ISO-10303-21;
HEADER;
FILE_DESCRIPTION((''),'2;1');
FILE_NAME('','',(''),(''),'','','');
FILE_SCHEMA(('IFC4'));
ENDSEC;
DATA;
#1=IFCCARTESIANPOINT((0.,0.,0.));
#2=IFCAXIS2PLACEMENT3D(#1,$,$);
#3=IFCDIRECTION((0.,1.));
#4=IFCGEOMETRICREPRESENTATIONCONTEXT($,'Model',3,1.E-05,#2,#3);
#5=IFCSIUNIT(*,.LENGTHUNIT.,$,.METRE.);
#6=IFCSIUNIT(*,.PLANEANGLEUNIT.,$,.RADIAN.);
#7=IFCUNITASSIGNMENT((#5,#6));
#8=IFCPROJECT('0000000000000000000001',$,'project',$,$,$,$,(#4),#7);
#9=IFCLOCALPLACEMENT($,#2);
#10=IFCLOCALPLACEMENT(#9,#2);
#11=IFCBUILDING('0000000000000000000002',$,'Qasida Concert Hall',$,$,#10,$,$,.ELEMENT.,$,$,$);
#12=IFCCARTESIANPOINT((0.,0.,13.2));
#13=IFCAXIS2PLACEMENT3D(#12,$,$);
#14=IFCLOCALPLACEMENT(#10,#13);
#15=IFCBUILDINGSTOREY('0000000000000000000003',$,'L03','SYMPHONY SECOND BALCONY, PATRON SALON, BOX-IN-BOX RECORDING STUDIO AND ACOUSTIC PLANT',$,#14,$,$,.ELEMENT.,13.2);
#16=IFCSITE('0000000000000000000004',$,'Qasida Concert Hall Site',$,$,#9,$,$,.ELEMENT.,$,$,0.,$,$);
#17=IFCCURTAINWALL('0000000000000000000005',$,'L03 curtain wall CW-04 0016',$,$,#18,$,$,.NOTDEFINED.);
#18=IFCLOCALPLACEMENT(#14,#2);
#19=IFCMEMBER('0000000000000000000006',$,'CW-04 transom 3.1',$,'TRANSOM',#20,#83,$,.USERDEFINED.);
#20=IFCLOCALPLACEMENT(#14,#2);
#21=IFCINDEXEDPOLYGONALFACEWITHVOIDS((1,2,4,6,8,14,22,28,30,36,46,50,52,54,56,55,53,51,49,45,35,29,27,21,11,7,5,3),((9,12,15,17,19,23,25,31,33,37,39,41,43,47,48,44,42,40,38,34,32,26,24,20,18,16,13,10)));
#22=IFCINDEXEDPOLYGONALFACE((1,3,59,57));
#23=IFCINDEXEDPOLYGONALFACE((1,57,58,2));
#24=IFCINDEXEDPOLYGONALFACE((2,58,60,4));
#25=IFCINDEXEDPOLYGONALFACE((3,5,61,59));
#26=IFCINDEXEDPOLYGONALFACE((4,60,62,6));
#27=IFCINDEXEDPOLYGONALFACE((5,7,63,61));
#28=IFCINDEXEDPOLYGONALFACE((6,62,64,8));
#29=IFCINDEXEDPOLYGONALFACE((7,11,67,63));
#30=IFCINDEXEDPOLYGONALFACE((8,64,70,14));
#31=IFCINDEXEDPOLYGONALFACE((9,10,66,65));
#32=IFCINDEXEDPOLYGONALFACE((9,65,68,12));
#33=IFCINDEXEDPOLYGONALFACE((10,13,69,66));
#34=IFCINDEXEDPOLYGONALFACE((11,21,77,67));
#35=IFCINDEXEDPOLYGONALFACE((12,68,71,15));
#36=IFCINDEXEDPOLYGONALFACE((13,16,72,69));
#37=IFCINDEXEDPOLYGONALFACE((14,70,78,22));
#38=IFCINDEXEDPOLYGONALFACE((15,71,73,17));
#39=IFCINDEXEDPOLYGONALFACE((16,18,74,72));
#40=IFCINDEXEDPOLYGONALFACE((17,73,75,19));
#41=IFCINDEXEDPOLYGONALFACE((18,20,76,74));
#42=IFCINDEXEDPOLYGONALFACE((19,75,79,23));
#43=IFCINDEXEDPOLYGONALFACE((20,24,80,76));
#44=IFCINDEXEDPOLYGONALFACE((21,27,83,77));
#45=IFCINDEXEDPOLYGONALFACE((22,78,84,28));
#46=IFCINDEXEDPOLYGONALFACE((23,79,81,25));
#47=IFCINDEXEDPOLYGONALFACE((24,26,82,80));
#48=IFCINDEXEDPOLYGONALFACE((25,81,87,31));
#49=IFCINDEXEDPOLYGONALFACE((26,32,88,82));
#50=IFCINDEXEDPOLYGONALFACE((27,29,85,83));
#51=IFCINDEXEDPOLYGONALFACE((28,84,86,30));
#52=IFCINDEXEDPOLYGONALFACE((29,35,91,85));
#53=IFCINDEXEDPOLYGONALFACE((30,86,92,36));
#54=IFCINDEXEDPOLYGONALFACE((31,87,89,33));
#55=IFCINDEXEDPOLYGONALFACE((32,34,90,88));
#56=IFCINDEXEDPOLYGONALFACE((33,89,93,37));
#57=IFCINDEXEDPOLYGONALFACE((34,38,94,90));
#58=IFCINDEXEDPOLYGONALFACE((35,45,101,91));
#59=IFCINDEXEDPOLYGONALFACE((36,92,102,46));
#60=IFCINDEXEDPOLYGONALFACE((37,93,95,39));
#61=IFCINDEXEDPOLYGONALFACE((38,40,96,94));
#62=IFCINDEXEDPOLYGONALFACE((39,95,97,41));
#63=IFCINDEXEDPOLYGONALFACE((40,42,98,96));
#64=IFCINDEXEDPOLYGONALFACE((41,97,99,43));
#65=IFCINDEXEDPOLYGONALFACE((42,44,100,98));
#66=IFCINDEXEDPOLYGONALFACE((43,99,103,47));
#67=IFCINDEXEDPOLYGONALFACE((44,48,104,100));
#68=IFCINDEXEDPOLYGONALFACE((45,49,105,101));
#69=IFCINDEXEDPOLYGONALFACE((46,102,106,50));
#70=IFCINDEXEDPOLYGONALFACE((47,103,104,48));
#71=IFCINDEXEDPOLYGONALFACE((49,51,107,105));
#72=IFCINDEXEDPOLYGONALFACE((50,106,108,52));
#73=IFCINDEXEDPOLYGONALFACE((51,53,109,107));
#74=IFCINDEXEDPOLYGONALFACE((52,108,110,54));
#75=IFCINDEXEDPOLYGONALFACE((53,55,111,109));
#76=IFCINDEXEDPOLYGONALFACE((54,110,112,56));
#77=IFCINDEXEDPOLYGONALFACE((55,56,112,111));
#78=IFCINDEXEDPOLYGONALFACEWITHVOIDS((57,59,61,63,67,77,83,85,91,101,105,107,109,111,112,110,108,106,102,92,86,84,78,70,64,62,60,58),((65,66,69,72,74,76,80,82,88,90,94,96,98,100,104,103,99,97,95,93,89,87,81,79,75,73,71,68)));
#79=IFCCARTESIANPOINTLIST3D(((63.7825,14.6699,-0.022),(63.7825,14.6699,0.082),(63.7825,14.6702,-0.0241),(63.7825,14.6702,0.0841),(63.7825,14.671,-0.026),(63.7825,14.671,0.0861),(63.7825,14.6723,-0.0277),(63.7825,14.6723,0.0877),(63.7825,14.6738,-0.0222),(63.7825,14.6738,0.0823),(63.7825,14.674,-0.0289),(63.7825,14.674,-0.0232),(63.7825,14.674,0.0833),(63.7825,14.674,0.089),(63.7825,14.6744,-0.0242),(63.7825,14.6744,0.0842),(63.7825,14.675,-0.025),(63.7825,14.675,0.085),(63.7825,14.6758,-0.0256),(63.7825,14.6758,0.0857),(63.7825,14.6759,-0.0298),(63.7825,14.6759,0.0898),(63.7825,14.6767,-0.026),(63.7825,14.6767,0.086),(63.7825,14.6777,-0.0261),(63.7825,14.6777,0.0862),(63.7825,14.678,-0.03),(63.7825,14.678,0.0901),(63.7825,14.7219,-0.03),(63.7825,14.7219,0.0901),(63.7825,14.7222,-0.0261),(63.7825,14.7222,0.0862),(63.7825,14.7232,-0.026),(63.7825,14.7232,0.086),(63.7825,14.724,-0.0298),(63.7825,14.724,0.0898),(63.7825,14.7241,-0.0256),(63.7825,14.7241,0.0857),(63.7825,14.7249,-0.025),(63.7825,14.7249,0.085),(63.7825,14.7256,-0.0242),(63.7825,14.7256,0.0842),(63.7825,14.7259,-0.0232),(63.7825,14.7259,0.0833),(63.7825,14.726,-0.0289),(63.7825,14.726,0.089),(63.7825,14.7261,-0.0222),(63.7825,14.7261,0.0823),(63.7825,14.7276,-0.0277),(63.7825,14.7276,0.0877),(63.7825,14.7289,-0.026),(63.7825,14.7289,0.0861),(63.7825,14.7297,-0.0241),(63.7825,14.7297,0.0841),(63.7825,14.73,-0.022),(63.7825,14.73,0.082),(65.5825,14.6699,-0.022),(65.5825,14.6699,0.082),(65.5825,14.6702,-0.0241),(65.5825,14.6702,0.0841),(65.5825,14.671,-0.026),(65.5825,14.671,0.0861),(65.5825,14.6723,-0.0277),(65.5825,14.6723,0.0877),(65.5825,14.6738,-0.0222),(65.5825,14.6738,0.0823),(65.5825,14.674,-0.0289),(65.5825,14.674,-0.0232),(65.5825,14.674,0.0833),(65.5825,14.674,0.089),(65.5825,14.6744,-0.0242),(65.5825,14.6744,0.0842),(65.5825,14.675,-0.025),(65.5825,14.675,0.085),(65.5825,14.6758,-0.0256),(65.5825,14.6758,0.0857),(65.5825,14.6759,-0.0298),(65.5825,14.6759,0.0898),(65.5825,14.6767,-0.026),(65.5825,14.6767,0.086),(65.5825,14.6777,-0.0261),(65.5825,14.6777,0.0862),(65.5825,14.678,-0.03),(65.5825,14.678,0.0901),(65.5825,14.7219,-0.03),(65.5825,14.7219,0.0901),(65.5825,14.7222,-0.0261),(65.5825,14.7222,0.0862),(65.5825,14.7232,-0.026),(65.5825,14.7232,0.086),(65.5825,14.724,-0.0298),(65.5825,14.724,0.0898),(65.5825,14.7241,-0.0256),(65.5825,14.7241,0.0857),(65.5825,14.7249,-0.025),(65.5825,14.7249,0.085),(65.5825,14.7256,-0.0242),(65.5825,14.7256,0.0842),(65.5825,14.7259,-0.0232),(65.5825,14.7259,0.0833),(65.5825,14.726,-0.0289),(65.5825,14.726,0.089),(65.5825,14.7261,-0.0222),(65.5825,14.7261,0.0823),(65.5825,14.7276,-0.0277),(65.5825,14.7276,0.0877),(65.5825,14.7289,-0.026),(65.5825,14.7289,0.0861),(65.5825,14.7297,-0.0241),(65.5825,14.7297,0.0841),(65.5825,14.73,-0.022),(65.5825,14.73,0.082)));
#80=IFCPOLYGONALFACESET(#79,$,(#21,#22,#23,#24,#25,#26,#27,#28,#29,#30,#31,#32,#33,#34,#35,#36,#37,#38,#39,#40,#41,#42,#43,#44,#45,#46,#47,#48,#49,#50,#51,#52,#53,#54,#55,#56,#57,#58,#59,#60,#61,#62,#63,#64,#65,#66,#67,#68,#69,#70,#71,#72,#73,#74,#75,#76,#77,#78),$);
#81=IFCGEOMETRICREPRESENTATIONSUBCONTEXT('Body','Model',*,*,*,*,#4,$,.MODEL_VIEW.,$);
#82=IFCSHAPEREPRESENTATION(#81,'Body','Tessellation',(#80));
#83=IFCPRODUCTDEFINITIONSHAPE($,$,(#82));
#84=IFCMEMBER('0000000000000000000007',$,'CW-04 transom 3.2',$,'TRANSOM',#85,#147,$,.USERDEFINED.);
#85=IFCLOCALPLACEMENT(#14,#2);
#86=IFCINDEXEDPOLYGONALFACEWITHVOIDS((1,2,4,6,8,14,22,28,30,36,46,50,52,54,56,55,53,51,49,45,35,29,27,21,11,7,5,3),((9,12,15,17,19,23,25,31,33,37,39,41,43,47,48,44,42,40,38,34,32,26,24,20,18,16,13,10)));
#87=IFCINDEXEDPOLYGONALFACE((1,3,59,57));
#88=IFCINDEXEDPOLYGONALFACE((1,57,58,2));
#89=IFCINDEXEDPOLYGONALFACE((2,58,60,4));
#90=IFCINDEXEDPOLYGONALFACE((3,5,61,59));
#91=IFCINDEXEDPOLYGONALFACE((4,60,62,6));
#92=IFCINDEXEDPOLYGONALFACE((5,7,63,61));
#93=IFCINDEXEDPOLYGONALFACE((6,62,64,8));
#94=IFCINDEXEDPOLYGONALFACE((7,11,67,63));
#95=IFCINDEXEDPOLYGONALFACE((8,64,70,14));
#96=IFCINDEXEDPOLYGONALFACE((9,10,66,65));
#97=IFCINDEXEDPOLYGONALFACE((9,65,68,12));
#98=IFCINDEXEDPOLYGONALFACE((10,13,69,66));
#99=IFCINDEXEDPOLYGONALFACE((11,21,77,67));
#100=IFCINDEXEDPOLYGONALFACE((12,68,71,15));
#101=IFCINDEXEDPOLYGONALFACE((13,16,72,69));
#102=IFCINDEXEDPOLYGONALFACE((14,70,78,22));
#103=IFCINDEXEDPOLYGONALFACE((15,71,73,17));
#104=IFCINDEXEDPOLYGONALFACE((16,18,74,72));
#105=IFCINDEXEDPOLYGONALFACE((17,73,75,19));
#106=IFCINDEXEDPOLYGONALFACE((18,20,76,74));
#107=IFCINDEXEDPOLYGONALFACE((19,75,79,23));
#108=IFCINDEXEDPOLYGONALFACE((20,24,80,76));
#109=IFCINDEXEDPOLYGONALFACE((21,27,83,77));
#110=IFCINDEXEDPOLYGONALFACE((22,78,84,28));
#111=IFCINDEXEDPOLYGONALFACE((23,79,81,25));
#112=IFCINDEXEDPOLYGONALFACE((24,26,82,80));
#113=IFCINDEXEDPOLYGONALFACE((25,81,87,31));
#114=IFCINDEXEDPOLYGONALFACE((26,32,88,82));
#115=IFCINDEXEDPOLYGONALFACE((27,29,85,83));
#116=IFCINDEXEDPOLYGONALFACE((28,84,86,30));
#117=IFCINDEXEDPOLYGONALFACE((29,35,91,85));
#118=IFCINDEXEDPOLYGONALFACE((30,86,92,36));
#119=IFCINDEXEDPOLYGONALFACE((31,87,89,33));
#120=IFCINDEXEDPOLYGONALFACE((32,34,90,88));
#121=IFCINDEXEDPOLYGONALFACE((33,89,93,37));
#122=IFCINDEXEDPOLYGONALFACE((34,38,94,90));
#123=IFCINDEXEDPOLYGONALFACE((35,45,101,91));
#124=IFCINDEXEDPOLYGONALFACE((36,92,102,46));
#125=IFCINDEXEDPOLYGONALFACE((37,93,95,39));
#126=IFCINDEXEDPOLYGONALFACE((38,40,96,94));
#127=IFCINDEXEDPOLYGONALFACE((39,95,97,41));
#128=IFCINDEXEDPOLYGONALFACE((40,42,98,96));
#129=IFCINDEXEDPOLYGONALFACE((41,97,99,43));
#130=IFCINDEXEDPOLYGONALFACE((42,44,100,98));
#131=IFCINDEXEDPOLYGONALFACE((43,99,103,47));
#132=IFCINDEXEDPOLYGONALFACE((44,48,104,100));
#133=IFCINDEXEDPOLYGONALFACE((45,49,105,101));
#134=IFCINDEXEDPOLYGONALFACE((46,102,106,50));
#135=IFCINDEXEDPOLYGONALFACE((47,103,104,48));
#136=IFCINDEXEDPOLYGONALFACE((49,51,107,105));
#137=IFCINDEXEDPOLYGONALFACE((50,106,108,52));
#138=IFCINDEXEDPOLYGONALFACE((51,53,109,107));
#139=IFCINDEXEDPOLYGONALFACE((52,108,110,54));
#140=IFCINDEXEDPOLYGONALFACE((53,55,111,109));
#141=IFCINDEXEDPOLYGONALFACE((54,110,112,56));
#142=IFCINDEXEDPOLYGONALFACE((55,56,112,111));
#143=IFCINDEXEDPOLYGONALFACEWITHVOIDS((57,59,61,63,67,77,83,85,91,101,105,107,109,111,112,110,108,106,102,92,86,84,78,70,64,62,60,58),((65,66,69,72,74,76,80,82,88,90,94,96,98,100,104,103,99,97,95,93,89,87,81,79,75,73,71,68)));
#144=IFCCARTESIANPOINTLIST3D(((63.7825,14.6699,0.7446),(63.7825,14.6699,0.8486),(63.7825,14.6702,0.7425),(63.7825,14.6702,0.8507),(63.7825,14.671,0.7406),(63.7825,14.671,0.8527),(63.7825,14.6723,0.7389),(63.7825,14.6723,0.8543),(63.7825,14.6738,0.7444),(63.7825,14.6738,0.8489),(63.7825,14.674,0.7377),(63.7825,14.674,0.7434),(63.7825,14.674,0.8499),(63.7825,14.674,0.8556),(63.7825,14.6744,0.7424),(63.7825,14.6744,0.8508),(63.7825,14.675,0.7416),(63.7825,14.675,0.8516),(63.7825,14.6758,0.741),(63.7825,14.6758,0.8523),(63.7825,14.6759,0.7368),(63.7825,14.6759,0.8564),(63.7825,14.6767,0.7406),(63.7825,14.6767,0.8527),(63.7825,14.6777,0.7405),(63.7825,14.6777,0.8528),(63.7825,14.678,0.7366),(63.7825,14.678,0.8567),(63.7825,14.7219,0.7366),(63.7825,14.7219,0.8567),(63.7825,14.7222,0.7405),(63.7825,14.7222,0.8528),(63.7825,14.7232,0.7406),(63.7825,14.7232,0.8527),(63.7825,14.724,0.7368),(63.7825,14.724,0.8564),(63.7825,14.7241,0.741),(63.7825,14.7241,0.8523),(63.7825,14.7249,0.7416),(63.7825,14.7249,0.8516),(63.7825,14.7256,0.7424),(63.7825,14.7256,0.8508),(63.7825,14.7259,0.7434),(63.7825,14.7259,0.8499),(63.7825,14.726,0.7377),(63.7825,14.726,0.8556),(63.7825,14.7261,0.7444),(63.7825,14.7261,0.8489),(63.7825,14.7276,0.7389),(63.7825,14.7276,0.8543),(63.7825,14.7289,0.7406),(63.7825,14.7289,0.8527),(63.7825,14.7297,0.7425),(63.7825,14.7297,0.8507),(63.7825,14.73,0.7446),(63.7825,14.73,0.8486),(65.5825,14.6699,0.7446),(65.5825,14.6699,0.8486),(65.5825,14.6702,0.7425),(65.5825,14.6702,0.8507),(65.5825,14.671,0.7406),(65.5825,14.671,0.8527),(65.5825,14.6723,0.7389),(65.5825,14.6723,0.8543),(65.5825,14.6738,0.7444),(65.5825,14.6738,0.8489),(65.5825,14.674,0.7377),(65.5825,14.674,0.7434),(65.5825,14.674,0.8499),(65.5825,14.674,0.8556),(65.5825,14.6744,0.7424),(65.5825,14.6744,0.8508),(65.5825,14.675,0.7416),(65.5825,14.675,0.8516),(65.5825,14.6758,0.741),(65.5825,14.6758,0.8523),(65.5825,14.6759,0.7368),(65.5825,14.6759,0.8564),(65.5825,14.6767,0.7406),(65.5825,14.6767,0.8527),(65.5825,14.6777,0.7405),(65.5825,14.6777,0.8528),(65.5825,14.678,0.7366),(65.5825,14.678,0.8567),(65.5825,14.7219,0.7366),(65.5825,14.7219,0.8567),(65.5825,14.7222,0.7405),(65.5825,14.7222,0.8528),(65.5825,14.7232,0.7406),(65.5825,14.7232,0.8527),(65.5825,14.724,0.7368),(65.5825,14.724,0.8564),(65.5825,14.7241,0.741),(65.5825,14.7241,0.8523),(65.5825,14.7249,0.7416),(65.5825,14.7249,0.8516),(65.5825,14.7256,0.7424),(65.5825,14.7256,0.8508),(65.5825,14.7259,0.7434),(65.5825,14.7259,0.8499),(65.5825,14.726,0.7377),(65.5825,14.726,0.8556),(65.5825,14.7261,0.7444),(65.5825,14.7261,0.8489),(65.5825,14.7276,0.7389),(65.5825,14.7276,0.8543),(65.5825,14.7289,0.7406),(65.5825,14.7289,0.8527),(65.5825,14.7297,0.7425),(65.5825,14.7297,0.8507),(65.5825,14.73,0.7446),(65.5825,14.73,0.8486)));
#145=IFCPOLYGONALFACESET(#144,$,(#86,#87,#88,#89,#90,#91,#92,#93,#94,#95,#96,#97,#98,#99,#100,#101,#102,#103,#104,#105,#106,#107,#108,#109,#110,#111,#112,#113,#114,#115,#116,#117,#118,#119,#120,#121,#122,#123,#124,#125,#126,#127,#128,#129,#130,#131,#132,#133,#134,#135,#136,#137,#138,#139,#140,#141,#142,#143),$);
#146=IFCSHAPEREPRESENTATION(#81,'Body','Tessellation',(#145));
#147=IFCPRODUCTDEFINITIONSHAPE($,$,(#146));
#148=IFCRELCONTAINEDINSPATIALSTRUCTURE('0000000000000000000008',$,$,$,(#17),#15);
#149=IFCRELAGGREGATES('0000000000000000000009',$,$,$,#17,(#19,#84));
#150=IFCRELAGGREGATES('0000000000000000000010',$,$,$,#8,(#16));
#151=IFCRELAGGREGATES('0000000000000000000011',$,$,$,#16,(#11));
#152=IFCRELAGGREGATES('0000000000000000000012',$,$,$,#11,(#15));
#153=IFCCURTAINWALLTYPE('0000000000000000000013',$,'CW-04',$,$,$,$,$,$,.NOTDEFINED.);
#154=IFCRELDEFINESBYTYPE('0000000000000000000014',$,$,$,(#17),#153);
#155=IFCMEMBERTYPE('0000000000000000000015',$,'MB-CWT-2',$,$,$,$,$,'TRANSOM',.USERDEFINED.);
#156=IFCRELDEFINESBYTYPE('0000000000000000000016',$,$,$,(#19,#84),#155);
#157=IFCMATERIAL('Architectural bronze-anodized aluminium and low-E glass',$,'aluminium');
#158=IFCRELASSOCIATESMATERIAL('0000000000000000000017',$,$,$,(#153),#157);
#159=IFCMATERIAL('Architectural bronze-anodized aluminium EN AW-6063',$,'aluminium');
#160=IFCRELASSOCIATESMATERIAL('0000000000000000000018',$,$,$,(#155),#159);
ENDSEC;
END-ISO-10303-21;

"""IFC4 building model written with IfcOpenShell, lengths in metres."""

from ifc_helpers import new_model, si_unit, direction, frame, origin, origin_2d, place, context, subcontext, project, spatial, hollow_rectangle, extrude, material, material_profile, profile_set, type_object, element, aggregate, save


model = new_model("IFC4")

# Units and contexts
model_context = context("Model", 3, precision=1e-05, world=origin(), true_north=direction((0.0, 1.0)))
body_context = subcontext(model_context, "Body", "Model", "MODEL_VIEW")
ifc_project = project(units=[si_unit("LENGTHUNIT", "METRE"), si_unit("PLANEANGLEUNIT", "RADIAN")], contexts=[model_context])

# Site, building, storey
site_placement = place(None, origin())
site = spatial("IfcSite", under=ifc_project, at=site_placement, Name="Qasida Concert Hall Site", CompositionType="ELEMENT", RefElevation=0.0)
building_placement = place(site_placement, origin())
building = spatial("IfcBuilding", under=site, at=building_placement, Name="Qasida Concert Hall", CompositionType="ELEMENT")
storey_placement = place(building_placement, frame((0.0, 0.0, 13.2)))
storey = spatial("IfcBuildingStorey", under=building, at=storey_placement, Name="L03", Description="SYMPHONY SECOND BALCONY, PATRON SALON, BOX-IN-BOX RECORDING STUDIO AND ACOUSTIC PLANT", CompositionType="ELEMENT", Elevation=13.2)

# Curtain wall, members
ifc_material_1 = material(Name="Architectural bronze-anodized aluminium and low-E glass", Category="aluminium")
curtain_wall_type = type_object("IfcCurtainWallType", Name="CW-04", PredefinedType="NOTDEFINED", material=ifc_material_1)
curtain_wall_placement = place(storey_placement, origin())
curtain_wall = element("IfcCurtainWall", 1, at=curtain_wall_placement, inside=storey, type_object=curtain_wall_type, Name="L03 curtain wall CW-04 0016", PredefinedType="NOTDEFINED")
ifc_material_2 = material(Name="Architectural bronze-anodized aluminium EN AW-6063", Category="aluminium")
ifc_material_profile_1 = material_profile(ifc_material_2, hollow_rectangle(XDim=0.0601, YDim=0.1201, WallThickness=0.0039, InnerFilletRadius=0.0039, OuterFilletRadius=0.0081, at=origin_2d()), Name="CWT 120x60x4")
ifc_profile_set_1 = profile_set([ifc_material_profile_1], Name="Architectural bronze-anodized aluminium EN AW-6063")
member_type_1 = type_object("IfcMemberType", Name="MB-CWT-2", ElementType="TRANSOM", PredefinedType="USERDEFINED", material=ifc_profile_set_1)
member_1_placement = place(storey_placement, frame((63.7825, 14.7, 0.03), z_axis=(1.0, 0.0, 0.0), x_axis=(0.0, 1.0, 0.0)))
member_1 = element("IfcMember", 2, at=member_1_placement, type_object=member_type_1, Name="CW-04 transom 3.1", ObjectType="TRANSOM", PredefinedType="USERDEFINED", context=body_context, shape_type="SweptSolid", body=[
    extrude(hollow_rectangle(XDim=0.0601, YDim=0.1201, WallThickness=0.0039, InnerFilletRadius=0.0039, OuterFilletRadius=0.0081, at=origin_2d()), origin(), (0.0, 0.0, 1.0), 1.8),
])
member_2_placement = place(storey_placement, frame((63.7825, 14.7, 0.7966), z_axis=(1.0, 0.0, 0.0), x_axis=(0.0, 1.0, 0.0)))
member_2 = element("IfcMember", 3, at=member_2_placement, type_object=member_type_1, Name="CW-04 transom 3.2", ObjectType="TRANSOM", PredefinedType="USERDEFINED", context=body_context, shape_type="SweptSolid", body=[
    extrude(hollow_rectangle(XDim=0.0601, YDim=0.1201, WallThickness=0.0039, InnerFilletRadius=0.0039, OuterFilletRadius=0.0081, at=origin_2d()), origin(), (0.0, 0.0, 1.0), 1.8),
])
aggregate(curtain_wall, [member_1, member_2])

save(model, "model.ifc")
